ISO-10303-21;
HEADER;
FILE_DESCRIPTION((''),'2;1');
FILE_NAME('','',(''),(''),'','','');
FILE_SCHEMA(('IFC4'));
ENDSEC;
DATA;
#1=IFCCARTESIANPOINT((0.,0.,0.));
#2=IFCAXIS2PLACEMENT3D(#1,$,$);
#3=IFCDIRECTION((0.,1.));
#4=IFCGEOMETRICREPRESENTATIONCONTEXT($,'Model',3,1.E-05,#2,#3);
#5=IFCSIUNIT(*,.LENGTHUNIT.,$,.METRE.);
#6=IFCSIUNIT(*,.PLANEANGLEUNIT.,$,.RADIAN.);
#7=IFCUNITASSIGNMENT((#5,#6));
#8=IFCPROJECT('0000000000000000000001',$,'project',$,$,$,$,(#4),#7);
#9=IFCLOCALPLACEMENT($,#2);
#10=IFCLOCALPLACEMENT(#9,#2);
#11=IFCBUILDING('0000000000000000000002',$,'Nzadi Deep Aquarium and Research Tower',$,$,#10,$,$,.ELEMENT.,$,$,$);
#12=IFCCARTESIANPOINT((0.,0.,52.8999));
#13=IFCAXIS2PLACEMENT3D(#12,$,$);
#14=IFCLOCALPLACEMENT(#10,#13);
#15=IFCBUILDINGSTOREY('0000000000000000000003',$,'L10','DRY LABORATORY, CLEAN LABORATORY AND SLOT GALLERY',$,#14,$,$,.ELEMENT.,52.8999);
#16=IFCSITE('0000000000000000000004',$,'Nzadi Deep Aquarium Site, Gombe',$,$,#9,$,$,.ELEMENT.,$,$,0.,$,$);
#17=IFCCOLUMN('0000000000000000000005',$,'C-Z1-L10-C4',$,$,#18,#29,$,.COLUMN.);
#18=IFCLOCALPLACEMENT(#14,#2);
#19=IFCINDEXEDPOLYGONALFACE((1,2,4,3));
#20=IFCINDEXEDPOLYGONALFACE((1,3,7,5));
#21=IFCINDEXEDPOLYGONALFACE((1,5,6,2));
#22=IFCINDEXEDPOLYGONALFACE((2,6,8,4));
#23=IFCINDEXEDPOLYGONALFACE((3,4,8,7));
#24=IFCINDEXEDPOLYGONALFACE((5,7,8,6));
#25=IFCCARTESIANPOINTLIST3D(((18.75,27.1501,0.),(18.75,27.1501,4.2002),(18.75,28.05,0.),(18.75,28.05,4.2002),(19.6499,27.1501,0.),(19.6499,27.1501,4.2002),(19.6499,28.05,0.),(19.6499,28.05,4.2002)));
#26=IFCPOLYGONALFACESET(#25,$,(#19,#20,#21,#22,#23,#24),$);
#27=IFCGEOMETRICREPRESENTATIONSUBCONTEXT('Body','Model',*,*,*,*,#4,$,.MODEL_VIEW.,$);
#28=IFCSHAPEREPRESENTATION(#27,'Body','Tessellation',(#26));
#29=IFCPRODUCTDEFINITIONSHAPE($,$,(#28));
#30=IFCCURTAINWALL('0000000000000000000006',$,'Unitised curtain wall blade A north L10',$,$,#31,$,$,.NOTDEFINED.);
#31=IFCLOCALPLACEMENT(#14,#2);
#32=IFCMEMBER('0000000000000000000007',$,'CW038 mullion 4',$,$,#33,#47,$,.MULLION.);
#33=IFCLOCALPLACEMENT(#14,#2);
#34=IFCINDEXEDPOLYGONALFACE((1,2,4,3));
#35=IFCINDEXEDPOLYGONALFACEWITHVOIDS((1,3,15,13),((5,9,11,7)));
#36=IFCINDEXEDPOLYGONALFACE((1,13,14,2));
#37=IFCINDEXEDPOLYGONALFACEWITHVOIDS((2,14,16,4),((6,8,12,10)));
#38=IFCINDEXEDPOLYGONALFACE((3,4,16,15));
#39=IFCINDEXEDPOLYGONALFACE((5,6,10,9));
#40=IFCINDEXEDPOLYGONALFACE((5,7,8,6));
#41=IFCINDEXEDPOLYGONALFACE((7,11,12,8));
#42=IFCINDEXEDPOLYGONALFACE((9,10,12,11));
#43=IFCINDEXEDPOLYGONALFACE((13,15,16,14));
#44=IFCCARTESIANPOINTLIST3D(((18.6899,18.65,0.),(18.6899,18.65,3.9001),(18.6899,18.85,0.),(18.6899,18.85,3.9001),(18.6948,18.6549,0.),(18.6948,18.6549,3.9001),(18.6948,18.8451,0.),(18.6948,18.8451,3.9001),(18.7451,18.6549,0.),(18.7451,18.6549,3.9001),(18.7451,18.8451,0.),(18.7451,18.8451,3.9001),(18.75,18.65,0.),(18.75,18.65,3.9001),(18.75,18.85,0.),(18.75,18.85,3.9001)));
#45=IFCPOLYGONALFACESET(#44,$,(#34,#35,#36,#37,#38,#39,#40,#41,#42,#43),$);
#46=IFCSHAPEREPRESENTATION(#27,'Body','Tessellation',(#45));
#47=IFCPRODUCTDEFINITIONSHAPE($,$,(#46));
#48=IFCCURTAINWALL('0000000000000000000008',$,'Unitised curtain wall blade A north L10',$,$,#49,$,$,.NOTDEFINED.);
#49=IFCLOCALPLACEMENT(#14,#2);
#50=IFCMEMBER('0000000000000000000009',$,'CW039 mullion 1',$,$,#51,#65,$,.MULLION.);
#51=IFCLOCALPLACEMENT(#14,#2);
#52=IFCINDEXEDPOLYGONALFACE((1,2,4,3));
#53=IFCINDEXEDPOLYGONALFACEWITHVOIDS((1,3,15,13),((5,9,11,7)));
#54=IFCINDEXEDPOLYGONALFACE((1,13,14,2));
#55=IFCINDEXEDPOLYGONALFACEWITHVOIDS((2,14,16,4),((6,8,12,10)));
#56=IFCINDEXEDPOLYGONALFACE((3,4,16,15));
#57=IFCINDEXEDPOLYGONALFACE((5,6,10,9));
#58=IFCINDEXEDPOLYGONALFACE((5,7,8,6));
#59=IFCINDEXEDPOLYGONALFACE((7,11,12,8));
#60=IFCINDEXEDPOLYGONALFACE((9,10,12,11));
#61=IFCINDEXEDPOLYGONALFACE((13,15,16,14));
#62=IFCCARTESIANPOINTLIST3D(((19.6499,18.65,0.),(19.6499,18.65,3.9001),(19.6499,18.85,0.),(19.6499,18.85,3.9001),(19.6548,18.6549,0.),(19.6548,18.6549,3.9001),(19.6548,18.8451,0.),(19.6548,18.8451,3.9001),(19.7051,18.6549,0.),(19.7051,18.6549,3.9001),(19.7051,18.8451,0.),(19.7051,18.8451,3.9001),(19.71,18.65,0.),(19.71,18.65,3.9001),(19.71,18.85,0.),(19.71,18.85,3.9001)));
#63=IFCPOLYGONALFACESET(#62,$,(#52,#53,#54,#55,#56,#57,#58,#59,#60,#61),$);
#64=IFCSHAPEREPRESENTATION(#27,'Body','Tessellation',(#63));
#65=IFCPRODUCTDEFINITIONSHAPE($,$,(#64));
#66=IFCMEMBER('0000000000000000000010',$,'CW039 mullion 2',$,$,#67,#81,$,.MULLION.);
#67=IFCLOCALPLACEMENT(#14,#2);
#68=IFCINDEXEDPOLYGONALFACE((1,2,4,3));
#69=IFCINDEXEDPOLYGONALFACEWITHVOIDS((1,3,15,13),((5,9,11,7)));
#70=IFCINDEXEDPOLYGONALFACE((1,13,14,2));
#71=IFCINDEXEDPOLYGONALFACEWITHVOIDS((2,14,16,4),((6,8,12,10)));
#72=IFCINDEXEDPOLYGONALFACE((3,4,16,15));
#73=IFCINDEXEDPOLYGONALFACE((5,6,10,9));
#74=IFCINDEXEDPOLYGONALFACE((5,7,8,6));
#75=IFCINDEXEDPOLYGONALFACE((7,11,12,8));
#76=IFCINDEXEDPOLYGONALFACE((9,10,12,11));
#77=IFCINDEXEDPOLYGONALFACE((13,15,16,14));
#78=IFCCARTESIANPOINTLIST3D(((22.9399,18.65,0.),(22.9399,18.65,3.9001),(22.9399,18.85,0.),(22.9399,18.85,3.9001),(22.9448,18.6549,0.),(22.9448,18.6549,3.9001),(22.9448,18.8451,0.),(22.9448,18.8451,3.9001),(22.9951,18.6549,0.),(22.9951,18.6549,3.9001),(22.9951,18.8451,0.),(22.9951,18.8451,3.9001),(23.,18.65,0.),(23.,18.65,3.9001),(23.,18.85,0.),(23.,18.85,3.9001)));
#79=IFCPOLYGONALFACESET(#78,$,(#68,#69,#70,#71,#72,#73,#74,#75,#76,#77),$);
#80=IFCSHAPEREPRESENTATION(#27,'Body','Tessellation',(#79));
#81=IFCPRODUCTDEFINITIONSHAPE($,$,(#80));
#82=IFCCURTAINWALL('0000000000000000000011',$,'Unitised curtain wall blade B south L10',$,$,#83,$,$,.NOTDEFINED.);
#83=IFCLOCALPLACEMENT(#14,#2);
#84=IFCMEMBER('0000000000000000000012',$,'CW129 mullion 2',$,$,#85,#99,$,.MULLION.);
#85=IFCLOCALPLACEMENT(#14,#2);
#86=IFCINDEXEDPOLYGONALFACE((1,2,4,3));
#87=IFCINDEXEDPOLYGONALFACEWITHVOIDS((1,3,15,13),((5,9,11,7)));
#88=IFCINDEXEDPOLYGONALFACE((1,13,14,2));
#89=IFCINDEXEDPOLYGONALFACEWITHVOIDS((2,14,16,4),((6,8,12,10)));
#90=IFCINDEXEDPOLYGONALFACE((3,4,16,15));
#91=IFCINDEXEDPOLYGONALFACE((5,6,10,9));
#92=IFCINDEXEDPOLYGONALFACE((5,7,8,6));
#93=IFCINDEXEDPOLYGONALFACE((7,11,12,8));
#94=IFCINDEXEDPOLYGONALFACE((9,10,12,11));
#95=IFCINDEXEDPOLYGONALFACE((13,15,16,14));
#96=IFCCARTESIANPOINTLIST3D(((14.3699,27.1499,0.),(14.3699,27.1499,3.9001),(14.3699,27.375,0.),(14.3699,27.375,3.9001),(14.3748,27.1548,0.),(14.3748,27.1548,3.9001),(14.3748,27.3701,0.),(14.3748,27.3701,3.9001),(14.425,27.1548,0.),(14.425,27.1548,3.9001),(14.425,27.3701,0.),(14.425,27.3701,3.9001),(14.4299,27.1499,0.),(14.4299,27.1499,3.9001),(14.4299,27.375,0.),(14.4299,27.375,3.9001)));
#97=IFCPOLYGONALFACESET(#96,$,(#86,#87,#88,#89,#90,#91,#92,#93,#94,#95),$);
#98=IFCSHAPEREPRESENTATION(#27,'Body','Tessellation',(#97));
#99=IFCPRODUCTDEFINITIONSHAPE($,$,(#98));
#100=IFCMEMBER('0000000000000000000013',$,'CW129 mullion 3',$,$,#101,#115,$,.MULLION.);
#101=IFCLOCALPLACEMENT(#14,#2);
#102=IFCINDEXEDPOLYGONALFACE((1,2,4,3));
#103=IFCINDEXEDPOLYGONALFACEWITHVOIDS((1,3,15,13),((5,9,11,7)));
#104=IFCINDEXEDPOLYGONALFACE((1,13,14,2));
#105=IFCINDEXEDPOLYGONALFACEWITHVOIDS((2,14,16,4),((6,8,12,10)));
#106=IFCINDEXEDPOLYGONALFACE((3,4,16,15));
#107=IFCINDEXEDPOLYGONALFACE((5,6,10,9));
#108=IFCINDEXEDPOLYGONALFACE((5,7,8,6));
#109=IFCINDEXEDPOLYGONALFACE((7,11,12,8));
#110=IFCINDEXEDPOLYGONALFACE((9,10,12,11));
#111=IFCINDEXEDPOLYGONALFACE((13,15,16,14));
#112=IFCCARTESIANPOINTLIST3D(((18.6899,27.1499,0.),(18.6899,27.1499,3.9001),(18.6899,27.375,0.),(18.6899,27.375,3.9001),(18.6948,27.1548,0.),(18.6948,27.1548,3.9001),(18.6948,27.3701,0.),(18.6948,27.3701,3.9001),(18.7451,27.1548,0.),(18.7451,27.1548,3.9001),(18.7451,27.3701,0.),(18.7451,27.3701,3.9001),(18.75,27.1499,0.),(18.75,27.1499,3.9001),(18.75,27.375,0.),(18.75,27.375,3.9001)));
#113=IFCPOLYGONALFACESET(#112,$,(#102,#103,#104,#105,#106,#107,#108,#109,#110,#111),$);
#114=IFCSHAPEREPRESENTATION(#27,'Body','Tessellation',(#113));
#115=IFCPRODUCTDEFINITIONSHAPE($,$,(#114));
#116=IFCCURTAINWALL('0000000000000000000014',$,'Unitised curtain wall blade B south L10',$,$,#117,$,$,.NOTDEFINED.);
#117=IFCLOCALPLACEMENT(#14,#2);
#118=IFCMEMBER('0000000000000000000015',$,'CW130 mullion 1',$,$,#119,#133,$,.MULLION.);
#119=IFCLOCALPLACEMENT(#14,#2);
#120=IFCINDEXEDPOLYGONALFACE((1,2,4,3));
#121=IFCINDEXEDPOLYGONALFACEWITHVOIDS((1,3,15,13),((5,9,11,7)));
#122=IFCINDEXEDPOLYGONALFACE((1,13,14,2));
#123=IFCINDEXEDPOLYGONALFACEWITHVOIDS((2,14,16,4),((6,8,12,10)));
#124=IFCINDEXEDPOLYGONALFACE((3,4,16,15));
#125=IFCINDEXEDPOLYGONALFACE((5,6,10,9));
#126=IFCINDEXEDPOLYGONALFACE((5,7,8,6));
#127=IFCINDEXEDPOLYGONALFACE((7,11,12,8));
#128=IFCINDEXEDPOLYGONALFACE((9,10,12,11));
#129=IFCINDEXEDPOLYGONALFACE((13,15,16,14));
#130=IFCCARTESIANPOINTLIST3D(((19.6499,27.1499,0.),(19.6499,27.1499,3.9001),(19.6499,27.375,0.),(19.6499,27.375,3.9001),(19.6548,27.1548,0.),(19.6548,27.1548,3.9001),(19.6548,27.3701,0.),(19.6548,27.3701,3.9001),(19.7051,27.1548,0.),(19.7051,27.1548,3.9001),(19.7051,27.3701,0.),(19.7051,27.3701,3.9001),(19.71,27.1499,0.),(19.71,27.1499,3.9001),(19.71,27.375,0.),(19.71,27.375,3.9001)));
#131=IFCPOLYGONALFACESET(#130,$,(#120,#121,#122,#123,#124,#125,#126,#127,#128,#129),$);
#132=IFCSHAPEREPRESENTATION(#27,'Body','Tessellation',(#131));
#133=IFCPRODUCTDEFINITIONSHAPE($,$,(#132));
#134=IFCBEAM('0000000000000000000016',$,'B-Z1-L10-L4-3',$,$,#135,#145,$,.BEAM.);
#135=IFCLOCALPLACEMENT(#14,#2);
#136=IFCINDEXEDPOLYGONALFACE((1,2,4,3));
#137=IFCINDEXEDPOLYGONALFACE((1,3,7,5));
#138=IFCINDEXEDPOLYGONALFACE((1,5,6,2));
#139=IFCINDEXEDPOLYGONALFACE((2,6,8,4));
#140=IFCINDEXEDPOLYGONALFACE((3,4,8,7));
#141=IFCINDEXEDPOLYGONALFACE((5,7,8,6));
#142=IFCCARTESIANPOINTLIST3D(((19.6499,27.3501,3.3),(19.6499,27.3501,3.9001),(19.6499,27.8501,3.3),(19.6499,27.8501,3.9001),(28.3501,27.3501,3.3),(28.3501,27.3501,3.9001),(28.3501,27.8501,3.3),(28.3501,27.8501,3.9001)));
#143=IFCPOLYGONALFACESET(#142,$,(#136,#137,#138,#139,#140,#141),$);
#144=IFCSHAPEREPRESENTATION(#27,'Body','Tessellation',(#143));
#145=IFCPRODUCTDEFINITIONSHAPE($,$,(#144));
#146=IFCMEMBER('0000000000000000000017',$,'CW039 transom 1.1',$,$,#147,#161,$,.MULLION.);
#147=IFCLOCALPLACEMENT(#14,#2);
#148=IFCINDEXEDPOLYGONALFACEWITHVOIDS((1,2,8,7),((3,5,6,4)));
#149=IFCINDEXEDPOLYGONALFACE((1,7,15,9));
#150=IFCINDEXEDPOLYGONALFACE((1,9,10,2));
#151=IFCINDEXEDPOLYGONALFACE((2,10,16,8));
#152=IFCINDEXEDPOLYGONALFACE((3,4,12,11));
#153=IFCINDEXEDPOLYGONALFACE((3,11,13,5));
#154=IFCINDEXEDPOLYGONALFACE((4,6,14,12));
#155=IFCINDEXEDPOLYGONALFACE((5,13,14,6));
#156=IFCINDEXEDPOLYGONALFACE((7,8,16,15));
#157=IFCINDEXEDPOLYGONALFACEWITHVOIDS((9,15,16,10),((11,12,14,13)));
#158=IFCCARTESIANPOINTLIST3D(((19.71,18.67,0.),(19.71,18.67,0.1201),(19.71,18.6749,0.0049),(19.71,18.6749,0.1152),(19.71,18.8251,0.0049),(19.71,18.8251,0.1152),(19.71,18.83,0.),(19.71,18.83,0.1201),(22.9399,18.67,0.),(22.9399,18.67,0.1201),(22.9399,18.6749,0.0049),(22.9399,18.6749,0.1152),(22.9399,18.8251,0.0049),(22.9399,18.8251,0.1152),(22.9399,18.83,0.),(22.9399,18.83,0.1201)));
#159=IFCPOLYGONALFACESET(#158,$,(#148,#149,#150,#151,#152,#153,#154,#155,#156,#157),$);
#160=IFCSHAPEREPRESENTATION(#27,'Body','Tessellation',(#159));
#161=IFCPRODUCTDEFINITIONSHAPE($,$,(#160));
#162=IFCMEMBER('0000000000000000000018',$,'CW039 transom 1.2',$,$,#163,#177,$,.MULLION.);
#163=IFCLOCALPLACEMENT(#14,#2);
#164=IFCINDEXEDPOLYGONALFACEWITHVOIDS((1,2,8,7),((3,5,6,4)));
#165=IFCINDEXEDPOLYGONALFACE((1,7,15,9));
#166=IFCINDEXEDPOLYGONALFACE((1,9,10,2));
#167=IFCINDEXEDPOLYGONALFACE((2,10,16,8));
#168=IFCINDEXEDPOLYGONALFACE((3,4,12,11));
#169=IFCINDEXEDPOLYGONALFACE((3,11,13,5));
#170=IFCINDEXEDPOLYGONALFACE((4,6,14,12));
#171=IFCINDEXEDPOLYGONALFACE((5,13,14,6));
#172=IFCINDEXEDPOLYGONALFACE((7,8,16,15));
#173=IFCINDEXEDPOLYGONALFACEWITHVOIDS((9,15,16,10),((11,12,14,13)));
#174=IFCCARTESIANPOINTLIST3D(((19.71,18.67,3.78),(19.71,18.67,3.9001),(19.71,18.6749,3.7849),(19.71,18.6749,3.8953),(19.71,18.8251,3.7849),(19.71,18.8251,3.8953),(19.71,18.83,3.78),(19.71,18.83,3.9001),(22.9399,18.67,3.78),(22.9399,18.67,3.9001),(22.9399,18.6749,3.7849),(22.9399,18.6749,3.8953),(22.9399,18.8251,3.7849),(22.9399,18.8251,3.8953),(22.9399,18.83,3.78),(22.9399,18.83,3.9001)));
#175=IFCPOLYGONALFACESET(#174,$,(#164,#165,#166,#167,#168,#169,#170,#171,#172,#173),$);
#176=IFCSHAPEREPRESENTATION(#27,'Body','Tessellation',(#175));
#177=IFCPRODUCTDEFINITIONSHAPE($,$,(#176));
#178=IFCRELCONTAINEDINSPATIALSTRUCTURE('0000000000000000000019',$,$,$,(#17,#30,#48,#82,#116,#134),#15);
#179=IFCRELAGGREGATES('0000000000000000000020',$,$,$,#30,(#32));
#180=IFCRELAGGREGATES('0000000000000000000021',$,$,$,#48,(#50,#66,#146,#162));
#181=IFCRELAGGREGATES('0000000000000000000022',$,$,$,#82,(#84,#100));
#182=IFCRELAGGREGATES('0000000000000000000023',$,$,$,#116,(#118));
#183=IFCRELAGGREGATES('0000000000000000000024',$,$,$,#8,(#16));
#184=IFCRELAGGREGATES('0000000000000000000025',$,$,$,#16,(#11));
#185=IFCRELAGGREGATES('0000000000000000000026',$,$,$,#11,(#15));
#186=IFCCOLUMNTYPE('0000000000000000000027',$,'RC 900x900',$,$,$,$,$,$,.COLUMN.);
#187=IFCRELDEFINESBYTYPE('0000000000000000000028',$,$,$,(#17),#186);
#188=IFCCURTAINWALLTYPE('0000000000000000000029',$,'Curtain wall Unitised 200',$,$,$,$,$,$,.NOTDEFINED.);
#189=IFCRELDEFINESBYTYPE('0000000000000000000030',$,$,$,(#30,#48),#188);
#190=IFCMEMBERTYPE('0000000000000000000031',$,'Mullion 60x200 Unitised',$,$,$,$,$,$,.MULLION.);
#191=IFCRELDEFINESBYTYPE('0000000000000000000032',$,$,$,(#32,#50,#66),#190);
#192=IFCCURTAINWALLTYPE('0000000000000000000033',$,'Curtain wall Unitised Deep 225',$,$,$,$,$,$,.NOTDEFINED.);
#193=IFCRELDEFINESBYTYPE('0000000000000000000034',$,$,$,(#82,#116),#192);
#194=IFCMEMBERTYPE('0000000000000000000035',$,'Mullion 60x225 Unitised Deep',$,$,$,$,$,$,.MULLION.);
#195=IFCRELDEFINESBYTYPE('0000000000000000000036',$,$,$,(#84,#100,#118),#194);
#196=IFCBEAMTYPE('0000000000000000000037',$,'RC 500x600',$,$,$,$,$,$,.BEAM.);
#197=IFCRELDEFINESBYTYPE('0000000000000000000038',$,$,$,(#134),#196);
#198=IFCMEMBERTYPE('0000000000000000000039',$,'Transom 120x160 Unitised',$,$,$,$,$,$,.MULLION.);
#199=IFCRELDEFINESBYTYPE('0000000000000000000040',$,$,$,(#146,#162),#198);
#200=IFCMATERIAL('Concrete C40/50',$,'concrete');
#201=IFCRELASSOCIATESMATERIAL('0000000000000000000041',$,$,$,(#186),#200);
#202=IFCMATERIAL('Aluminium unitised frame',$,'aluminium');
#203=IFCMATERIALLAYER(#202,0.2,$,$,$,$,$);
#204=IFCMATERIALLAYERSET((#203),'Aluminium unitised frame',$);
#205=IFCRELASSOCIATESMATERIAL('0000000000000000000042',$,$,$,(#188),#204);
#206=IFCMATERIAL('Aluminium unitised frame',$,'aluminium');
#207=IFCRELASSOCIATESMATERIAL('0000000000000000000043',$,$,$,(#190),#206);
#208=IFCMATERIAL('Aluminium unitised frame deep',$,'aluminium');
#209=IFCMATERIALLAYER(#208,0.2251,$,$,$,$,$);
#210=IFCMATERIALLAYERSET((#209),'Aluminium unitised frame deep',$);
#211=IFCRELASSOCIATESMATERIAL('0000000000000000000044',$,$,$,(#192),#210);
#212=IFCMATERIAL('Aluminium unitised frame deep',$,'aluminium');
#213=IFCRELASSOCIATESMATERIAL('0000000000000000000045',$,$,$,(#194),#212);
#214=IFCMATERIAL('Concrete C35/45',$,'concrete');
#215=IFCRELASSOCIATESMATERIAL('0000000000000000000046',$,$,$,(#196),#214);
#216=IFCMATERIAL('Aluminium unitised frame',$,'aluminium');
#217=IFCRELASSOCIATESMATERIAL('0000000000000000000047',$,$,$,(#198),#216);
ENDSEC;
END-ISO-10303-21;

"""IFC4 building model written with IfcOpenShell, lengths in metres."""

from ifc_helpers import new_model, si_unit, direction, frame, origin, origin_2d, place, context, subcontext, project, spatial, rectangle, hollow_rectangle, extrude, material, layer, layer_set, material_profile, profile_set, type_object, element, aggregate, save


model = new_model("IFC4")

# Units and contexts
model_context = context("Model", 3, precision=1e-05, world=origin(), true_north=direction((0.0, 1.0)))
body_context = subcontext(model_context, "Body", "Model", "MODEL_VIEW")
ifc_project = project(units=[si_unit("LENGTHUNIT", "METRE"), si_unit("PLANEANGLEUNIT", "RADIAN")], contexts=[model_context])

# Site, building, storey
site_placement = place(None, origin())
site = spatial("IfcSite", under=ifc_project, at=site_placement, Name="Nzadi Deep Aquarium Site, Gombe", CompositionType="ELEMENT", RefElevation=0.0)
building_placement = place(site_placement, origin())
building = spatial("IfcBuilding", under=site, at=building_placement, Name="Nzadi Deep Aquarium and Research Tower", CompositionType="ELEMENT")
storey_placement = place(building_placement, frame((0.0, 0.0, 52.8999)))
storey = spatial("IfcBuildingStorey", under=building, at=storey_placement, Name="L10", Description="DRY LABORATORY, CLEAN LABORATORY AND SLOT GALLERY", CompositionType="ELEMENT", Elevation=52.8999)

# Column
ifc_material_1 = material(Name="Concrete C40/50", Category="concrete")
ifc_material_profile_1 = material_profile(ifc_material_1, rectangle(XDim=0.8999, YDim=0.8999, at=origin_2d()))
ifc_profile_set_1 = profile_set([ifc_material_profile_1], Name="Concrete C40/50")
column_type = type_object("IfcColumnType", Name="RC 900x900", PredefinedType="COLUMN", material=ifc_profile_set_1)
column_placement = place(storey_placement, frame((19.2, 27.6001, 0.0), z_axis=(0.0, 0.0, 1.0), x_axis=(1.0, 0.0, 0.0)))
element("IfcColumn", 1, at=column_placement, inside=storey, type_object=column_type, Name="C-Z1-L10-C4", PredefinedType="COLUMN", context=body_context, shape_type="SweptSolid", body=[
    extrude(rectangle(XDim=0.8999, YDim=0.8999, at=origin_2d()), origin(), (0.0, 0.0, 1.0), 4.2002),
])

# Curtain wall, member
ifc_material_2 = material(Name="Aluminium unitised frame", Category="aluminium")
ifc_layer_1 = layer(ifc_material_2, 0.2)
ifc_layer_set_1 = layer_set([ifc_layer_1], Name="Aluminium unitised frame")
curtain_wall_type_1 = type_object("IfcCurtainWallType", Name="Curtain wall Unitised 200", PredefinedType="NOTDEFINED", material=ifc_layer_set_1)
curtain_wall_1_placement = place(storey_placement, origin())
curtain_wall_1 = element("IfcCurtainWall", 2, at=curtain_wall_1_placement, inside=storey, type_object=curtain_wall_type_1, Name="Unitised curtain wall blade A north L10", PredefinedType="NOTDEFINED")
ifc_material_3 = material(Name="Aluminium unitised frame", Category="aluminium")
ifc_material_profile_2 = material_profile(ifc_material_3, hollow_rectangle(XDim=0.2, YDim=0.0601, WallThickness=0.0049, at=origin_2d()))
ifc_profile_set_2 = profile_set([ifc_material_profile_2], Name="Aluminium unitised frame")
member_type_1 = type_object("IfcMemberType", Name="Mullion 60x200 Unitised", PredefinedType="MULLION", material=ifc_profile_set_2)
member_1_placement = place(storey_placement, frame((18.72, 18.75, 0.0), z_axis=(0.0, 0.0, 1.0), x_axis=(0.0, 1.0, 0.0)))
member_1 = element("IfcMember", 3, at=member_1_placement, type_object=member_type_1, Name="CW038 mullion 4", PredefinedType="MULLION", context=body_context, shape_type="SweptSolid", body=[
    extrude(hollow_rectangle(XDim=0.2, YDim=0.0601, WallThickness=0.0049, at=origin_2d()), origin(), (0.0, 0.0, 1.0), 3.9001),
])

# Curtain walls, members
curtain_wall_2_placement = place(storey_placement, origin())
curtain_wall_2 = element("IfcCurtainWall", 4, at=curtain_wall_2_placement, inside=storey, type_object=curtain_wall_type_1, Name="Unitised curtain wall blade A north L10", PredefinedType="NOTDEFINED")
member_2_placement = place(storey_placement, frame((19.6799, 18.75, 0.0), z_axis=(0.0, 0.0, 1.0), x_axis=(0.0, 1.0, 0.0)))
member_2 = element("IfcMember", 5, at=member_2_placement, type_object=member_type_1, Name="CW039 mullion 1", PredefinedType="MULLION", context=body_context, shape_type="SweptSolid", body=[
    extrude(hollow_rectangle(XDim=0.2, YDim=0.0601, WallThickness=0.0049, at=origin_2d()), origin(), (0.0, 0.0, 1.0), 3.9001),
])
member_3_placement = place(storey_placement, frame((22.97, 18.75, 0.0), z_axis=(0.0, 0.0, 1.0), x_axis=(0.0, 1.0, 0.0)))
member_3 = element("IfcMember", 6, at=member_3_placement, type_object=member_type_1, Name="CW039 mullion 2", PredefinedType="MULLION", context=body_context, shape_type="SweptSolid", body=[
    extrude(hollow_rectangle(XDim=0.2, YDim=0.0601, WallThickness=0.0049, at=origin_2d()), origin(), (0.0, 0.0, 1.0), 3.9001),
])
ifc_material_4 = material(Name="Aluminium unitised frame deep", Category="aluminium")
ifc_layer_2 = layer(ifc_material_4, 0.2251)
ifc_layer_set_2 = layer_set([ifc_layer_2], Name="Aluminium unitised frame deep")
curtain_wall_type_2 = type_object("IfcCurtainWallType", Name="Curtain wall Unitised Deep 225", PredefinedType="NOTDEFINED", material=ifc_layer_set_2)
curtain_wall_3_placement = place(storey_placement, origin())
curtain_wall_3 = element("IfcCurtainWall", 7, at=curtain_wall_3_placement, inside=storey, type_object=curtain_wall_type_2, Name="Unitised curtain wall blade B south L10", PredefinedType="NOTDEFINED")
ifc_material_5 = material(Name="Aluminium unitised frame deep", Category="aluminium")
ifc_material_profile_3 = material_profile(ifc_material_5, hollow_rectangle(XDim=0.2251, YDim=0.0601, WallThickness=0.0049, at=origin_2d()))
ifc_profile_set_3 = profile_set([ifc_material_profile_3], Name="Aluminium unitised frame deep")
member_type_2 = type_object("IfcMemberType", Name="Mullion 60x225 Unitised Deep", PredefinedType="MULLION", material=ifc_profile_set_3)
member_4_placement = place(storey_placement, frame((14.3999, 27.2625, 0.0), z_axis=(0.0, 0.0, 1.0), x_axis=(0.0, 1.0, 0.0)))
member_4 = element("IfcMember", 8, at=member_4_placement, type_object=member_type_2, Name="CW129 mullion 2", PredefinedType="MULLION", context=body_context, shape_type="SweptSolid", body=[
    extrude(hollow_rectangle(XDim=0.2251, YDim=0.0601, WallThickness=0.0049, at=origin_2d()), origin(), (0.0, 0.0, 1.0), 3.9001),
])
member_5_placement = place(storey_placement, frame((18.72, 27.2625, 0.0), z_axis=(0.0, 0.0, 1.0), x_axis=(0.0, 1.0, 0.0)))
member_5 = element("IfcMember", 9, at=member_5_placement, type_object=member_type_2, Name="CW129 mullion 3", PredefinedType="MULLION", context=body_context, shape_type="SweptSolid", body=[
    extrude(hollow_rectangle(XDim=0.2251, YDim=0.0601, WallThickness=0.0049, at=origin_2d()), origin(), (0.0, 0.0, 1.0), 3.9001),
])

# Curtain wall, member
curtain_wall_4_placement = place(storey_placement, origin())
curtain_wall_4 = element("IfcCurtainWall", 10, at=curtain_wall_4_placement, inside=storey, type_object=curtain_wall_type_2, Name="Unitised curtain wall blade B south L10", PredefinedType="NOTDEFINED")
member_6_placement = place(storey_placement, frame((19.6799, 27.2625, 0.0), z_axis=(0.0, 0.0, 1.0), x_axis=(0.0, 1.0, 0.0)))
member_6 = element("IfcMember", 11, at=member_6_placement, type_object=member_type_2, Name="CW130 mullion 1", PredefinedType="MULLION", context=body_context, shape_type="SweptSolid", body=[
    extrude(hollow_rectangle(XDim=0.2251, YDim=0.0601, WallThickness=0.0049, at=origin_2d()), origin(), (0.0, 0.0, 1.0), 3.9001),
])

# Beam
ifc_material_6 = material(Name="Concrete C35/45", Category="concrete")
ifc_material_profile_4 = material_profile(ifc_material_6, rectangle(XDim=0.5, YDim=0.6001, at=origin_2d()))
ifc_profile_set_4 = profile_set([ifc_material_profile_4], Name="Concrete C35/45")
beam_type = type_object("IfcBeamType", Name="RC 500x600", PredefinedType="BEAM", material=ifc_profile_set_4)
beam_placement = place(storey_placement, frame((19.6499, 27.6001, 3.6001), z_axis=(1.0, 0.0, 0.0), x_axis=(0.0, 1.0, 0.0)))
element("IfcBeam", 12, at=beam_placement, inside=storey, type_object=beam_type, Name="B-Z1-L10-L4-3", PredefinedType="BEAM", context=body_context, shape_type="SweptSolid", body=[
    extrude(rectangle(XDim=0.5, YDim=0.6001, at=origin_2d()), origin(), (0.0, 0.0, 1.0), 8.7002),
])

# Members
ifc_material_7 = material(Name="Aluminium unitised frame", Category="aluminium")
ifc_material_profile_5 = material_profile(ifc_material_7, hollow_rectangle(XDim=0.1599, YDim=0.1201, WallThickness=0.0049, at=origin_2d()))
ifc_profile_set_5 = profile_set([ifc_material_profile_5], Name="Aluminium unitised frame")
member_type_3 = type_object("IfcMemberType", Name="Transom 120x160 Unitised", PredefinedType="MULLION", material=ifc_profile_set_5)
member_7_placement = place(storey_placement, frame((19.71, 18.75, 0.0601), z_axis=(1.0, 0.0, 0.0), x_axis=(0.0, 1.0, 0.0)))
member_7 = element("IfcMember", 13, at=member_7_placement, type_object=member_type_3, Name="CW039 transom 1.1", PredefinedType="MULLION", context=body_context, shape_type="SweptSolid", body=[
    extrude(hollow_rectangle(XDim=0.1599, YDim=0.1201, WallThickness=0.0049, at=origin_2d()), origin(), (0.0, 0.0, 1.0), 3.23),
])
member_8_placement = place(storey_placement, frame((19.71, 18.75, 3.8401), z_axis=(1.0, 0.0, 0.0), x_axis=(0.0, 1.0, 0.0)))
member_8 = element("IfcMember", 14, at=member_8_placement, type_object=member_type_3, Name="CW039 transom 1.2", PredefinedType="MULLION", context=body_context, shape_type="SweptSolid", body=[
    extrude(hollow_rectangle(XDim=0.1599, YDim=0.1201, WallThickness=0.0049, at=origin_2d()), origin(), (0.0, 0.0, 1.0), 3.23),
])

aggregate(curtain_wall_1, [member_1])
aggregate(curtain_wall_2, [member_2, member_3, member_7, member_8])
aggregate(curtain_wall_3, [member_4, member_5])
aggregate(curtain_wall_4, [member_6])

save(model, "model.ifc")
